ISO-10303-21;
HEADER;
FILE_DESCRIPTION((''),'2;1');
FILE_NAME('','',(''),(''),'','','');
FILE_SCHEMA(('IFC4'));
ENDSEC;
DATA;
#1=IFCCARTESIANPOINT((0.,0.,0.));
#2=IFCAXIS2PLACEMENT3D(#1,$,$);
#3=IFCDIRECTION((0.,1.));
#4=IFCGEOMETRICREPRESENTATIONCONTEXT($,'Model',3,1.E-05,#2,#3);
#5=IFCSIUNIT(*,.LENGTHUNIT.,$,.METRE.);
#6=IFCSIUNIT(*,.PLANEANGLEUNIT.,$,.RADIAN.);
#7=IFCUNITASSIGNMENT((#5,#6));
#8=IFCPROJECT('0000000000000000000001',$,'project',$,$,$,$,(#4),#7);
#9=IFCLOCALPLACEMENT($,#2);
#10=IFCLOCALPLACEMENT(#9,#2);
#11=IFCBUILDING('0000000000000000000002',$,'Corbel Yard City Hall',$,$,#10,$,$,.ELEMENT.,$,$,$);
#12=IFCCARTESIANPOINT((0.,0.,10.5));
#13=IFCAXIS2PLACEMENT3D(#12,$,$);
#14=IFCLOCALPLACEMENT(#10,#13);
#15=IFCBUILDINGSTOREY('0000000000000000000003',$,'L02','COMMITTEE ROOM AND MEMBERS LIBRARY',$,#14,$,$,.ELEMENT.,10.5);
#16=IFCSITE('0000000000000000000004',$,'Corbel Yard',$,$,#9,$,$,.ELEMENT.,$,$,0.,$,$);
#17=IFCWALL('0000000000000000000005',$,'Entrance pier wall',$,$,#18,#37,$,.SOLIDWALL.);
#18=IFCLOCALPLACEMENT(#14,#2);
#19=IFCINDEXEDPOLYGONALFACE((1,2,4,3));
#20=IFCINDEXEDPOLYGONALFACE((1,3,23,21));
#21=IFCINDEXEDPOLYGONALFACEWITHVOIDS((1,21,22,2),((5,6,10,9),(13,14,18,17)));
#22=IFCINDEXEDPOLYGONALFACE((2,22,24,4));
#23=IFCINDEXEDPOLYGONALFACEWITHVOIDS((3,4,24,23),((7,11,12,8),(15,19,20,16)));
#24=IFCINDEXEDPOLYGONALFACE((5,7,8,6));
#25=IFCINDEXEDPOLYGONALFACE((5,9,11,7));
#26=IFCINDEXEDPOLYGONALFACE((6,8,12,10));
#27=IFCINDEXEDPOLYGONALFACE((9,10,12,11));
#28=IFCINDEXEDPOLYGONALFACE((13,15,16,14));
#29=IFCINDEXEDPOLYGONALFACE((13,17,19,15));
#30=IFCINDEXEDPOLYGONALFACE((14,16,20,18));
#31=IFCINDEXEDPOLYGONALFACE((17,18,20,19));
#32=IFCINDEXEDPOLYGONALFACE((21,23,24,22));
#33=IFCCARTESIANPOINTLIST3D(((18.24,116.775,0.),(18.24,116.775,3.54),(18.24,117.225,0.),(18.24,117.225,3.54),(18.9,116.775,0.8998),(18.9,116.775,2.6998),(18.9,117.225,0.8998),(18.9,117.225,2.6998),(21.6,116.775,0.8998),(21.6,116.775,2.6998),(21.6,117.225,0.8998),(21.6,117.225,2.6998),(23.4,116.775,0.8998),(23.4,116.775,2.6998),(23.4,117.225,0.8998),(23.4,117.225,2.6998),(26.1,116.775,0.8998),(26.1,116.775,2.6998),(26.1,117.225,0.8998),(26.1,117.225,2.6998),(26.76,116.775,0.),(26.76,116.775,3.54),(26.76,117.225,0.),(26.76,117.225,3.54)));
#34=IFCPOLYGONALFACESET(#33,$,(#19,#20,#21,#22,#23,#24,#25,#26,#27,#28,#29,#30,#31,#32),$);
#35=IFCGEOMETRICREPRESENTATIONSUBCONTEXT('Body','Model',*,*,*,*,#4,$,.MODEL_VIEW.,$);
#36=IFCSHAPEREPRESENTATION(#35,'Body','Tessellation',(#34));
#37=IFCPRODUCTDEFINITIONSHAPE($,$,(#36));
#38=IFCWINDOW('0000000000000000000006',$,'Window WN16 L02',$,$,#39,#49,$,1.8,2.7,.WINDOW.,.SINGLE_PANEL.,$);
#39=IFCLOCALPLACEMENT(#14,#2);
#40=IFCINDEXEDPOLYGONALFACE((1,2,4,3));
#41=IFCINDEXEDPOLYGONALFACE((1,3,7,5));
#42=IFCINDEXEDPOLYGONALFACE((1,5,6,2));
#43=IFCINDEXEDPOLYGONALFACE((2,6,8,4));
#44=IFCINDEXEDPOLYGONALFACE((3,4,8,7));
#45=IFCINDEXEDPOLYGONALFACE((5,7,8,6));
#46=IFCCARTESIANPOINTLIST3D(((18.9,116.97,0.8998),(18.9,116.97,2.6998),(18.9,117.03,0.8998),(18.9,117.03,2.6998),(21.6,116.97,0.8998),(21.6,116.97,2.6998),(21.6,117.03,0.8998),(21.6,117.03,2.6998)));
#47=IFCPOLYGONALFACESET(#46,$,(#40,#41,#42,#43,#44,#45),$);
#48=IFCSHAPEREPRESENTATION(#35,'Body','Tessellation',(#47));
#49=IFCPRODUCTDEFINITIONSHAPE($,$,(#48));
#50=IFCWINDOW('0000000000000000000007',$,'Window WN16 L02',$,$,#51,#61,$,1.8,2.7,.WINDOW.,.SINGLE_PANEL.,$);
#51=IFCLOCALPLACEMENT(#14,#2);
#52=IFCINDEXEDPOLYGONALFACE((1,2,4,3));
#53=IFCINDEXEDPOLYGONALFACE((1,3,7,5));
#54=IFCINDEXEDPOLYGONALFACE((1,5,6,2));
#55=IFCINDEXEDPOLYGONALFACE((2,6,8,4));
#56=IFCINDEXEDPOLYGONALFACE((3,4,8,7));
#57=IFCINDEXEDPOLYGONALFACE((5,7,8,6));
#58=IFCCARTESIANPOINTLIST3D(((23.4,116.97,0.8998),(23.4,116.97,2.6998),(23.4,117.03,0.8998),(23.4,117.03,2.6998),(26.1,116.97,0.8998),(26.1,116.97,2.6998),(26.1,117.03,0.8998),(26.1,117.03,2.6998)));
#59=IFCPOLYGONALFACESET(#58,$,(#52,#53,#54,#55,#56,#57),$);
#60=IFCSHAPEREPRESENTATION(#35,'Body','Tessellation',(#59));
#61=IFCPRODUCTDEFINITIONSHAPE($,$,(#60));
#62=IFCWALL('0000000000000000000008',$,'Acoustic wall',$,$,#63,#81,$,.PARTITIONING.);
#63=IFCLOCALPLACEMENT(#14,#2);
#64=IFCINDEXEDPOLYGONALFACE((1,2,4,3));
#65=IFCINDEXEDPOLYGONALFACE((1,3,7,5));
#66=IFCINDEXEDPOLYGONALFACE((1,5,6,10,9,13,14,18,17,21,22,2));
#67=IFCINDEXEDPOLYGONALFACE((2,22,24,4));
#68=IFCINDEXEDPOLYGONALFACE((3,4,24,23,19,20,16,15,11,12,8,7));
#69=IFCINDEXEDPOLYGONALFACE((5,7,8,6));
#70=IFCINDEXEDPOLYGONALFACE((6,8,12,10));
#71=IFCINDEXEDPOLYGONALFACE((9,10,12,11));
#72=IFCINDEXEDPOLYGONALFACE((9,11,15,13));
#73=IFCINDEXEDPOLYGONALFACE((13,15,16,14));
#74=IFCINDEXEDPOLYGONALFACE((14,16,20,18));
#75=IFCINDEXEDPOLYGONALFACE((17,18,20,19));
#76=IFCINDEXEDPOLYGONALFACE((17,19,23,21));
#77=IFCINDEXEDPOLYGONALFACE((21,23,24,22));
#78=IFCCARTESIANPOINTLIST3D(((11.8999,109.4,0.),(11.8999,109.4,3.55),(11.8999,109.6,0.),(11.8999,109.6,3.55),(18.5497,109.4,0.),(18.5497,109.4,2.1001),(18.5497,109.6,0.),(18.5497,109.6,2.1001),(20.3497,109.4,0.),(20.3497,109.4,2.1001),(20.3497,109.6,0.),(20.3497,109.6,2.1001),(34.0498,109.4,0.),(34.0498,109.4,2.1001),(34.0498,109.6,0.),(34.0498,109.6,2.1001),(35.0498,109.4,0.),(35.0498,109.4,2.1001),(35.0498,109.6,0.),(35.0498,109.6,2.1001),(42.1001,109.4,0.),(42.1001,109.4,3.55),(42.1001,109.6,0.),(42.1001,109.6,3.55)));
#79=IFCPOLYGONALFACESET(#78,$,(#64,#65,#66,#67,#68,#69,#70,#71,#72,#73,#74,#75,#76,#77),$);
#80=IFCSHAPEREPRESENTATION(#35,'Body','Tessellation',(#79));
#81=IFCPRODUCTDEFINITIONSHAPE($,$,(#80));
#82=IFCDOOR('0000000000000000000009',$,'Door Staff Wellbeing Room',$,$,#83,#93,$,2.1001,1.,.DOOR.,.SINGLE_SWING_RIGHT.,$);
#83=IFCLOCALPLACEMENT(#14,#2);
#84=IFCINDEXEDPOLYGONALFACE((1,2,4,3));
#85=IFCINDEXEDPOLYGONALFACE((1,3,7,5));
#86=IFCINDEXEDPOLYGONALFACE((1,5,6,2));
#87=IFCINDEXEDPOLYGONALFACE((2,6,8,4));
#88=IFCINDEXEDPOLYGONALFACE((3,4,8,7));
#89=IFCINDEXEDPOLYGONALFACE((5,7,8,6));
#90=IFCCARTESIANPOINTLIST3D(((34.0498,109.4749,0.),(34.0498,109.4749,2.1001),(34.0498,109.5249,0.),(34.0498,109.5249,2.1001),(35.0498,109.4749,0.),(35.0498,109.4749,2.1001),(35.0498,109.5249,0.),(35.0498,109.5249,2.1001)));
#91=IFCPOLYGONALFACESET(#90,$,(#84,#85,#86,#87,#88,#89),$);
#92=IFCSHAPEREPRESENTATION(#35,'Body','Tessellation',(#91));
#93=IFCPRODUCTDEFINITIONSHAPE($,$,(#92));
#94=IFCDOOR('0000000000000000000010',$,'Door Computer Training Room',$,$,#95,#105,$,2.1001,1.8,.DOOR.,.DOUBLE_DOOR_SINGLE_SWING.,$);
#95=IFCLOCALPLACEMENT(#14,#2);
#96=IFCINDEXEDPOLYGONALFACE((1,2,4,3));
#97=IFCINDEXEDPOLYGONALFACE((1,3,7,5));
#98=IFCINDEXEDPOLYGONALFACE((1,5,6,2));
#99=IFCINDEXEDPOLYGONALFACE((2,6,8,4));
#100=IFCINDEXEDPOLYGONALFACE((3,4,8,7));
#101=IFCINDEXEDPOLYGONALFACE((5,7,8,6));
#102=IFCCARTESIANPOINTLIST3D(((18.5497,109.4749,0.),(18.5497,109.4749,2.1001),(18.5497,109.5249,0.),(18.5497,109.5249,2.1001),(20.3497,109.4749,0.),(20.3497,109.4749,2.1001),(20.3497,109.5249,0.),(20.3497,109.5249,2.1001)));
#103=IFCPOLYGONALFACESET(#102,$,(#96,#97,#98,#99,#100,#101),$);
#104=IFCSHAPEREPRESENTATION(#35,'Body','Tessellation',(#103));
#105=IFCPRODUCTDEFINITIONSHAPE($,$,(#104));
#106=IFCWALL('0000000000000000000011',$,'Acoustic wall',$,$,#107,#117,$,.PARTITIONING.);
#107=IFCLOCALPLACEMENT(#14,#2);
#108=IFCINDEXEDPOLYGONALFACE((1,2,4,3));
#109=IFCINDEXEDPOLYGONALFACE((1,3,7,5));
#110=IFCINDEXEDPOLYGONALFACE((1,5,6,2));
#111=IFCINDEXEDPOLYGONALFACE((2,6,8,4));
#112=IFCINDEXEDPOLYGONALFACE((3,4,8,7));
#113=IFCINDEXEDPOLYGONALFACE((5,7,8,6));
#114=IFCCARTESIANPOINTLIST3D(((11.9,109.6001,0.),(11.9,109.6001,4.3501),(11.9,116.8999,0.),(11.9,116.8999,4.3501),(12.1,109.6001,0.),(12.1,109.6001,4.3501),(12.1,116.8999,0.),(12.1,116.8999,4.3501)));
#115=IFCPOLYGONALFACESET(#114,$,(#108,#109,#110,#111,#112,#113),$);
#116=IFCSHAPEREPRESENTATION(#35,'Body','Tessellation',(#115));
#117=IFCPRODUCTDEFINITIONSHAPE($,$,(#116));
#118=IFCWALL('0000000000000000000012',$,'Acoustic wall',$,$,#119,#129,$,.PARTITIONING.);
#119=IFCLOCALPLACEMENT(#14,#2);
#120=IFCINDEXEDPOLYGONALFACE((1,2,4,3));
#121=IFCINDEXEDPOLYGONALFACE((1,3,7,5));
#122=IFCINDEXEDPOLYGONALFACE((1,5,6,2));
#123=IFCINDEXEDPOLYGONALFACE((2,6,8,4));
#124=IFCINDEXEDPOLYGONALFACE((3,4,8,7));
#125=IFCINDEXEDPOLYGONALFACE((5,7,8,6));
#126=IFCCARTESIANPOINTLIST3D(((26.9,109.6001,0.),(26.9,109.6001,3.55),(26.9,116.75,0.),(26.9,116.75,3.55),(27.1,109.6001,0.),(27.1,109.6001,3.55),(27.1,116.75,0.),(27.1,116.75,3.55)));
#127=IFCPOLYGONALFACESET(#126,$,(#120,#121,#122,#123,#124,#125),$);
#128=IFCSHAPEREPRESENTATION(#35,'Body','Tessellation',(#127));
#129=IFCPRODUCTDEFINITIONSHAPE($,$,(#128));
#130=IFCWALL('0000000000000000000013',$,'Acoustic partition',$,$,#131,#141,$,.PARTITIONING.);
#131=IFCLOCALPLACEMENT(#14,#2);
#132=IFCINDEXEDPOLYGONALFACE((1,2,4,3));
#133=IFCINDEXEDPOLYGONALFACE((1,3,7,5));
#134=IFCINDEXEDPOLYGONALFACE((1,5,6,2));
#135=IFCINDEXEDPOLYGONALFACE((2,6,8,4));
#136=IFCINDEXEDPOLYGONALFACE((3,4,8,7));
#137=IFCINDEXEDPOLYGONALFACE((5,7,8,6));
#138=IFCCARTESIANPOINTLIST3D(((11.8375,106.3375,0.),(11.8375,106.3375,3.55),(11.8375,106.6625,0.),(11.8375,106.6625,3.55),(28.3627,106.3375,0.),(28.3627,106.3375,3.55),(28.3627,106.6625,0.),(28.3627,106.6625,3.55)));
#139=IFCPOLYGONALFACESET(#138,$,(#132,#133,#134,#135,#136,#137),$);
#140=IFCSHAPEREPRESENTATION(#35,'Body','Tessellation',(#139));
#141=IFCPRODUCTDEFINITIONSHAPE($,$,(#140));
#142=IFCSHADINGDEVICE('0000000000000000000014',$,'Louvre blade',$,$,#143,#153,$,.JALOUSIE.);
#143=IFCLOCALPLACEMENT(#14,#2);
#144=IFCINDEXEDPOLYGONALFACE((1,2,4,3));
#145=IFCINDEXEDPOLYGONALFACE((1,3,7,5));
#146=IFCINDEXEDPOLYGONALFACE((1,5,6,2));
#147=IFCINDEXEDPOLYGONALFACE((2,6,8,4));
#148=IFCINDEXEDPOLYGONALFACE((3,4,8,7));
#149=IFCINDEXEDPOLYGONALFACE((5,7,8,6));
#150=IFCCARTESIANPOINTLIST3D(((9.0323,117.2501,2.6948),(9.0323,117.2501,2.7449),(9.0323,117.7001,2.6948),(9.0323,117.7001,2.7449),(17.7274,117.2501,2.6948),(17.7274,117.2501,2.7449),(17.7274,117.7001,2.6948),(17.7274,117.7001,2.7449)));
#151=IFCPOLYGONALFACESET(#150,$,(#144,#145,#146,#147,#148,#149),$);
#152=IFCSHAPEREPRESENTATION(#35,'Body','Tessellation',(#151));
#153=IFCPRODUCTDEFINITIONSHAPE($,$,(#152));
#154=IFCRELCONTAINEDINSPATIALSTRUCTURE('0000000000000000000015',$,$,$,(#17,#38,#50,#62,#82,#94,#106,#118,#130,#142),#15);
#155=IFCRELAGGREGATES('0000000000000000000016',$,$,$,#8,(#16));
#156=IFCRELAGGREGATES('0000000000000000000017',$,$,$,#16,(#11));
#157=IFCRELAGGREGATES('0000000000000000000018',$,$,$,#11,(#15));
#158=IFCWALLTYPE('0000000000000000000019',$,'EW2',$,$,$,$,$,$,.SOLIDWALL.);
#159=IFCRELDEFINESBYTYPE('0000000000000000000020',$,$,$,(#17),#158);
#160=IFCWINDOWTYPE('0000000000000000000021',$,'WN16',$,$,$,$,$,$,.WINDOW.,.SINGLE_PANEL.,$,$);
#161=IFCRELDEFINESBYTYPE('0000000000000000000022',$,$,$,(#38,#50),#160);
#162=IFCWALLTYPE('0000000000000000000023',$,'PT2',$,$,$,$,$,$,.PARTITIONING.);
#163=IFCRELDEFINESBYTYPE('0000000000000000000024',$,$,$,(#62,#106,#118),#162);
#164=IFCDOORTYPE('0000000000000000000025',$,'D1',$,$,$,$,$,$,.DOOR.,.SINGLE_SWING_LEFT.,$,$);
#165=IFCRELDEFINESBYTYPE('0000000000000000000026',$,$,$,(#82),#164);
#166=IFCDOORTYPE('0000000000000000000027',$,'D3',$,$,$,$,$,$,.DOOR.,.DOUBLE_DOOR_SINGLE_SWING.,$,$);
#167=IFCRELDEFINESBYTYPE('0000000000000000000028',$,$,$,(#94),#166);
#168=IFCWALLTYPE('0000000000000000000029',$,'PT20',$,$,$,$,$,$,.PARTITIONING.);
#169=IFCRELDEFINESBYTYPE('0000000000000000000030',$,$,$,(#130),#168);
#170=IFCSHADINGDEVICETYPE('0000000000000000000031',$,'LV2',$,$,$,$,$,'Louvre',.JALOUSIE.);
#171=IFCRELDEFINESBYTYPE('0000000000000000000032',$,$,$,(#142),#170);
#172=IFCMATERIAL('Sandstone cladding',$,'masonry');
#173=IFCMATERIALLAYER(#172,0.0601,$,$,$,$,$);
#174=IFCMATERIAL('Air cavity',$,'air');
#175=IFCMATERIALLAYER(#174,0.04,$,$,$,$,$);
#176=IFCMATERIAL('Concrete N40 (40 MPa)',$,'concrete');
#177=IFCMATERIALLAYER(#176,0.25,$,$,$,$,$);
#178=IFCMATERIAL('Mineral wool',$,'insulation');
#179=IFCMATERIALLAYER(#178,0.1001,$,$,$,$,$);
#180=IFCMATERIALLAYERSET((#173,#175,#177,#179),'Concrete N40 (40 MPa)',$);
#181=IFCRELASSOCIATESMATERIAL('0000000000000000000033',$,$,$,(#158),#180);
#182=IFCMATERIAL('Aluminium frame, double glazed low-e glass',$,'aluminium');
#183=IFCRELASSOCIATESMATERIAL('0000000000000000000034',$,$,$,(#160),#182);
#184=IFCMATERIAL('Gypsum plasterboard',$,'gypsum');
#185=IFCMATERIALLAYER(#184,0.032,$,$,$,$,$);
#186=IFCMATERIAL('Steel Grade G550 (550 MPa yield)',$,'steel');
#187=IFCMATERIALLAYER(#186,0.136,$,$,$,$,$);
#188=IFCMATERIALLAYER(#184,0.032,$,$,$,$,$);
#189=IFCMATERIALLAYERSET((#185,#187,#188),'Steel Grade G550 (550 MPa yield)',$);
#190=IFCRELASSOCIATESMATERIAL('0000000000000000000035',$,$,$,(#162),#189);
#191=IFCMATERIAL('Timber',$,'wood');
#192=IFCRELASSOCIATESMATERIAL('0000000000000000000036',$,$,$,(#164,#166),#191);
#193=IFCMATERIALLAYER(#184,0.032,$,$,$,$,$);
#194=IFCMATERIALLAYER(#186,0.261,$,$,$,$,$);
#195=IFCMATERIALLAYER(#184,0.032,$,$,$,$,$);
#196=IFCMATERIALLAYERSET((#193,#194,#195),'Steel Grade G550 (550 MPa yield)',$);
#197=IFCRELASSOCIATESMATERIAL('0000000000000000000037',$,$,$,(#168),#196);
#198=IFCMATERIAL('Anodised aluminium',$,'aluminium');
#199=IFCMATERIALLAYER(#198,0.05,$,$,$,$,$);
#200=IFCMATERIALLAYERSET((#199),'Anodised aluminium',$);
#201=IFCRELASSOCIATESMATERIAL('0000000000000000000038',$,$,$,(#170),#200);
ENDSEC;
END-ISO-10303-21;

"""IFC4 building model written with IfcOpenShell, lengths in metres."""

from ifc_helpers import new_model, si_unit, direction, frame, frame_2d, origin, origin_2d, place, context, subcontext, project, spatial, rectangle, extrude, material, layer, layer_set, type_object, element, fill, save


model = new_model("IFC4")

# Units and contexts
model_context = context("Model", 3, precision=1e-05, world=origin(), true_north=direction((0.0, 1.0)))
body_context = subcontext(model_context, "Body", "Model", "MODEL_VIEW")
ifc_project = project(units=[si_unit("LENGTHUNIT", "METRE"), si_unit("PLANEANGLEUNIT", "RADIAN")], contexts=[model_context])

# Site, building, storey
site_placement = place(None, origin())
site = spatial("IfcSite", under=ifc_project, at=site_placement, Name="Corbel Yard", CompositionType="ELEMENT", RefElevation=0.0)
building_placement = place(site_placement, origin())
building = spatial("IfcBuilding", under=site, at=building_placement, Name="Corbel Yard City Hall", CompositionType="ELEMENT")
storey_placement = place(building_placement, frame((0.0, 0.0, 10.5)))
storey = spatial("IfcBuildingStorey", under=building, at=storey_placement, Name="L02", Description="COMMITTEE ROOM AND MEMBERS LIBRARY", CompositionType="ELEMENT", Elevation=10.5)

# Wall, openings, windows
ifc_material_1 = material(Name="Sandstone cladding", Category="masonry")
ifc_layer_1 = layer(ifc_material_1, 0.0601)
ifc_material_2 = material(Name="Air cavity", Category="air")
ifc_layer_2 = layer(ifc_material_2, 0.04)
ifc_material_3 = material(Name="Concrete N40 (40 MPa)", Category="concrete")
ifc_layer_3 = layer(ifc_material_3, 0.25)
ifc_material_4 = material(Name="Mineral wool", Category="insulation")
ifc_layer_4 = layer(ifc_material_4, 0.1001)
ifc_layer_set_1 = layer_set([ifc_layer_1, ifc_layer_2, ifc_layer_3, ifc_layer_4], Name="Concrete N40 (40 MPa)")
wall_type_1 = type_object("IfcWallType", Name="EW2", PredefinedType="SOLIDWALL", material=ifc_layer_set_1)
wall_1_placement = place(storey_placement, frame((18.24, 117.0, 0.0), z_axis=(0.0, 0.0, 1.0), x_axis=(1.0, 0.0, 0.0)))
wall_1 = element("IfcWall", 1, at=wall_1_placement, inside=storey, type_object=wall_type_1, Name="Entrance pier wall", PredefinedType="SOLIDWALL", context=body_context, shape_type="SweptSolid", body=[
    extrude(rectangle(XDim=8.52, YDim=0.45, at=frame_2d((4.26, 0.0))), origin(), (0.0, 0.0, 1.0), 3.54),
])
opening_1_placement = place(wall_1_placement, frame((0.6599, 0.0, 0.8999)))
opening_1 = element("IfcOpeningElement", 2, at=opening_1_placement, cuts=wall_1, PredefinedType="OPENING", context=body_context, shape_type="SweptSolid", body=[
    extrude(rectangle(XDim=2.7, YDim=1.8, at=frame_2d((1.3501, 0.8999))), frame((0.0, 0.2349, 0.0), z_axis=(0.0, -1.0, 0.0), x_axis=(1.0, 0.0, 0.0)), (0.0, 0.0, 1.0), 0.47),
])
opening_2_placement = place(wall_1_placement, frame((5.1599, 0.0, 0.8999)))
opening_2 = element("IfcOpeningElement", 3, at=opening_2_placement, cuts=wall_1, PredefinedType="OPENING", context=body_context, shape_type="SweptSolid", body=[
    extrude(rectangle(XDim=2.7, YDim=1.8, at=frame_2d((1.3501, 0.8999))), frame((0.0, 0.2349, 0.0), z_axis=(0.0, -1.0, 0.0), x_axis=(1.0, 0.0, 0.0)), (0.0, 0.0, 1.0), 0.47),
])
ifc_material_5 = material(Name="Aluminium frame, double glazed low-e glass", Category="aluminium")
window_type = type_object("IfcWindowType", Name="WN16", PartitioningType="SINGLE_PANEL", PredefinedType="WINDOW", material=ifc_material_5)
window_1_placement = place(opening_1_placement, origin())
window_1 = element("IfcWindow", 4, at=window_1_placement, inside=storey, type_object=window_type, Name="Window WN16 L02", OverallHeight=1.8, OverallWidth=2.7, PartitioningType="SINGLE_PANEL", PredefinedType="WINDOW", context=body_context, shape_type="SweptSolid", body=[
    extrude(rectangle(XDim=2.7, YDim=1.8, at=frame_2d((1.3501, 0.8999))), frame((0.0, 0.03, 0.0), z_axis=(0.0, -1.0, 0.0), x_axis=(1.0, 0.0, 0.0)), (0.0, 0.0, 1.0), 0.0601),
])
fill(opening_1, window_1)
window_2_placement = place(opening_2_placement, origin())
window_2 = element("IfcWindow", 5, at=window_2_placement, inside=storey, type_object=window_type, Name="Window WN16 L02", OverallHeight=1.8, OverallWidth=2.7, PartitioningType="SINGLE_PANEL", PredefinedType="WINDOW", context=body_context, shape_type="SweptSolid", body=[
    extrude(rectangle(XDim=2.7, YDim=1.8, at=frame_2d((1.3501, 0.8999))), frame((0.0, 0.03, 0.0), z_axis=(0.0, -1.0, 0.0), x_axis=(1.0, 0.0, 0.0)), (0.0, 0.0, 1.0), 0.0601),
])
fill(opening_2, window_2)

# Wall, openings, doors
ifc_material_6 = material(Name="Gypsum plasterboard", Category="gypsum")
ifc_layer_5 = layer(ifc_material_6, 0.032)
ifc_material_7 = material(Name="Steel Grade G550 (550 MPa yield)", Category="steel")
ifc_layer_6 = layer(ifc_material_7, 0.136)
ifc_layer_7 = layer(ifc_material_6, 0.032)
ifc_layer_set_2 = layer_set([ifc_layer_5, ifc_layer_6, ifc_layer_7], Name="Steel Grade G550 (550 MPa yield)")
wall_type_2 = type_object("IfcWallType", Name="PT2", PredefinedType="PARTITIONING", material=ifc_layer_set_2)
wall_2_placement = place(storey_placement, frame((11.8999, 109.5, 0.0), z_axis=(0.0, 0.0, 1.0), x_axis=(1.0, 0.0, 0.0)))
wall_2 = element("IfcWall", 6, at=wall_2_placement, inside=storey, type_object=wall_type_2, Name="Acoustic wall", PredefinedType="PARTITIONING", context=body_context, shape_type="SweptSolid", body=[
    extrude(rectangle(XDim=30.2002, YDim=0.2, at=frame_2d((15.1001, 0.0))), origin(), (0.0, 0.0, 1.0), 3.55),
])
opening_3_placement = place(wall_2_placement, frame((6.6499, 0.0, 0.0)))
opening_3 = element("IfcOpeningElement", 7, at=opening_3_placement, cuts=wall_2, PredefinedType="OPENING", context=body_context, shape_type="SweptSolid", body=[
    extrude(rectangle(XDim=1.8, YDim=2.1001, at=frame_2d((0.8999, 1.05))), frame((0.0, 0.1099, 0.0), z_axis=(0.0, -1.0, 0.0), x_axis=(1.0, 0.0, 0.0)), (0.0, 0.0, 1.0), 0.22),
])
opening_4_placement = place(wall_2_placement, frame((22.1499, 0.0, 0.0)))
opening_4 = element("IfcOpeningElement", 8, at=opening_4_placement, cuts=wall_2, PredefinedType="OPENING", context=body_context, shape_type="SweptSolid", body=[
    extrude(rectangle(XDim=1.0, YDim=2.1001, at=frame_2d((0.5, 1.05))), frame((0.0, 0.1099, 0.0), z_axis=(0.0, -1.0, 0.0), x_axis=(1.0, 0.0, 0.0)), (0.0, 0.0, 1.0), 0.22),
])
ifc_material_8 = material(Name="Timber", Category="wood")
door_type_1 = type_object("IfcDoorType", Name="D1", OperationType="SINGLE_SWING_LEFT", PredefinedType="DOOR", material=ifc_material_8)
door_1_placement = place(opening_4_placement, origin())
door_1 = element("IfcDoor", 9, at=door_1_placement, inside=storey, type_object=door_type_1, Name="Door Staff Wellbeing Room", OperationType="SINGLE_SWING_RIGHT", OverallHeight=2.1001, OverallWidth=1.0, PredefinedType="DOOR", context=body_context, shape_type="SweptSolid", body=[
    extrude(rectangle(XDim=1.0, YDim=2.1001, at=frame_2d((0.5, 1.05))), frame((0.0, 0.0249, 0.0), z_axis=(0.0, -1.0, 0.0), x_axis=(1.0, 0.0, 0.0)), (0.0, 0.0, 1.0), 0.05),
])
fill(opening_4, door_1)
door_type_2 = type_object("IfcDoorType", Name="D3", OperationType="DOUBLE_DOOR_SINGLE_SWING", PredefinedType="DOOR", material=ifc_material_8)
door_2_placement = place(opening_3_placement, origin())
door_2 = element("IfcDoor", 10, at=door_2_placement, inside=storey, type_object=door_type_2, Name="Door Computer Training Room", OperationType="DOUBLE_DOOR_SINGLE_SWING", OverallHeight=2.1001, OverallWidth=1.8, PredefinedType="DOOR", context=body_context, shape_type="SweptSolid", body=[
    extrude(rectangle(XDim=1.8, YDim=2.1001, at=frame_2d((0.8999, 1.05))), frame((0.0, 0.0249, 0.0), z_axis=(0.0, -1.0, 0.0), x_axis=(1.0, 0.0, 0.0)), (0.0, 0.0, 1.0), 0.05),
])
fill(opening_3, door_2)

# Walls
wall_3_placement = place(storey_placement, frame((12.0, 109.6001, 0.0), z_axis=(0.0, 0.0, 1.0), x_axis=(0.0, 1.0, 0.0)))
element("IfcWall", 11, at=wall_3_placement, inside=storey, type_object=wall_type_2, Name="Acoustic wall", PredefinedType="PARTITIONING", context=body_context, shape_type="SweptSolid", body=[
    extrude(rectangle(XDim=7.2998, YDim=0.2, at=frame_2d((3.6499, 0.0))), origin(), (0.0, 0.0, 1.0), 4.3501),
])
wall_4_placement = place(storey_placement, frame((27.0, 109.6001, 0.0), z_axis=(0.0, 0.0, 1.0), x_axis=(0.0, 1.0, 0.0)))
element("IfcWall", 12, at=wall_4_placement, inside=storey, type_object=wall_type_2, Name="Acoustic wall", PredefinedType="PARTITIONING", context=body_context, shape_type="SweptSolid", body=[
    extrude(rectangle(XDim=7.1499, YDim=0.2, at=frame_2d((3.575, 0.0))), origin(), (0.0, 0.0, 1.0), 3.55),
])
ifc_layer_8 = layer(ifc_material_6, 0.032)
ifc_layer_9 = layer(ifc_material_7, 0.261)
ifc_layer_10 = layer(ifc_material_6, 0.032)
ifc_layer_set_3 = layer_set([ifc_layer_8, ifc_layer_9, ifc_layer_10], Name="Steel Grade G550 (550 MPa yield)")
wall_type_3 = type_object("IfcWallType", Name="PT20", PredefinedType="PARTITIONING", material=ifc_layer_set_3)
wall_5_placement = place(storey_placement, frame((11.8374, 106.5, 0.0), z_axis=(0.0, 0.0, 1.0), x_axis=(1.0, 0.0, 0.0)))
element("IfcWall", 13, at=wall_5_placement, inside=storey, type_object=wall_type_3, Name="Acoustic partition", PredefinedType="PARTITIONING", context=body_context, shape_type="SweptSolid", body=[
    extrude(rectangle(XDim=16.5251, YDim=0.325, at=frame_2d((8.2627, 0.0))), origin(), (0.0, 0.0, 1.0), 3.55),
])

# Shading device
ifc_material_9 = material(Name="Anodised aluminium", Category="aluminium")
ifc_layer_11 = layer(ifc_material_9, 0.05)
ifc_layer_set_4 = layer_set([ifc_layer_11], Name="Anodised aluminium")
shading_device_type = type_object("IfcShadingDeviceType", Name="LV2", ElementType="Louvre", PredefinedType="JALOUSIE", material=ifc_layer_set_4)
shading_device_placement = place(storey_placement, frame((13.3799, 117.4751, 2.6948), z_axis=(0.0, 0.0, 1.0), x_axis=(1.0, 0.0, 0.0)))
element("IfcShadingDevice", 14, at=shading_device_placement, inside=storey, type_object=shading_device_type, Name="Louvre blade", PredefinedType="JALOUSIE", context=body_context, shape_type="SweptSolid", body=[
    extrude(rectangle(XDim=8.6951, YDim=0.45, at=origin_2d()), origin(), (0.0, 0.0, 1.0), 0.05),
])

save(model, "model.ifc")
